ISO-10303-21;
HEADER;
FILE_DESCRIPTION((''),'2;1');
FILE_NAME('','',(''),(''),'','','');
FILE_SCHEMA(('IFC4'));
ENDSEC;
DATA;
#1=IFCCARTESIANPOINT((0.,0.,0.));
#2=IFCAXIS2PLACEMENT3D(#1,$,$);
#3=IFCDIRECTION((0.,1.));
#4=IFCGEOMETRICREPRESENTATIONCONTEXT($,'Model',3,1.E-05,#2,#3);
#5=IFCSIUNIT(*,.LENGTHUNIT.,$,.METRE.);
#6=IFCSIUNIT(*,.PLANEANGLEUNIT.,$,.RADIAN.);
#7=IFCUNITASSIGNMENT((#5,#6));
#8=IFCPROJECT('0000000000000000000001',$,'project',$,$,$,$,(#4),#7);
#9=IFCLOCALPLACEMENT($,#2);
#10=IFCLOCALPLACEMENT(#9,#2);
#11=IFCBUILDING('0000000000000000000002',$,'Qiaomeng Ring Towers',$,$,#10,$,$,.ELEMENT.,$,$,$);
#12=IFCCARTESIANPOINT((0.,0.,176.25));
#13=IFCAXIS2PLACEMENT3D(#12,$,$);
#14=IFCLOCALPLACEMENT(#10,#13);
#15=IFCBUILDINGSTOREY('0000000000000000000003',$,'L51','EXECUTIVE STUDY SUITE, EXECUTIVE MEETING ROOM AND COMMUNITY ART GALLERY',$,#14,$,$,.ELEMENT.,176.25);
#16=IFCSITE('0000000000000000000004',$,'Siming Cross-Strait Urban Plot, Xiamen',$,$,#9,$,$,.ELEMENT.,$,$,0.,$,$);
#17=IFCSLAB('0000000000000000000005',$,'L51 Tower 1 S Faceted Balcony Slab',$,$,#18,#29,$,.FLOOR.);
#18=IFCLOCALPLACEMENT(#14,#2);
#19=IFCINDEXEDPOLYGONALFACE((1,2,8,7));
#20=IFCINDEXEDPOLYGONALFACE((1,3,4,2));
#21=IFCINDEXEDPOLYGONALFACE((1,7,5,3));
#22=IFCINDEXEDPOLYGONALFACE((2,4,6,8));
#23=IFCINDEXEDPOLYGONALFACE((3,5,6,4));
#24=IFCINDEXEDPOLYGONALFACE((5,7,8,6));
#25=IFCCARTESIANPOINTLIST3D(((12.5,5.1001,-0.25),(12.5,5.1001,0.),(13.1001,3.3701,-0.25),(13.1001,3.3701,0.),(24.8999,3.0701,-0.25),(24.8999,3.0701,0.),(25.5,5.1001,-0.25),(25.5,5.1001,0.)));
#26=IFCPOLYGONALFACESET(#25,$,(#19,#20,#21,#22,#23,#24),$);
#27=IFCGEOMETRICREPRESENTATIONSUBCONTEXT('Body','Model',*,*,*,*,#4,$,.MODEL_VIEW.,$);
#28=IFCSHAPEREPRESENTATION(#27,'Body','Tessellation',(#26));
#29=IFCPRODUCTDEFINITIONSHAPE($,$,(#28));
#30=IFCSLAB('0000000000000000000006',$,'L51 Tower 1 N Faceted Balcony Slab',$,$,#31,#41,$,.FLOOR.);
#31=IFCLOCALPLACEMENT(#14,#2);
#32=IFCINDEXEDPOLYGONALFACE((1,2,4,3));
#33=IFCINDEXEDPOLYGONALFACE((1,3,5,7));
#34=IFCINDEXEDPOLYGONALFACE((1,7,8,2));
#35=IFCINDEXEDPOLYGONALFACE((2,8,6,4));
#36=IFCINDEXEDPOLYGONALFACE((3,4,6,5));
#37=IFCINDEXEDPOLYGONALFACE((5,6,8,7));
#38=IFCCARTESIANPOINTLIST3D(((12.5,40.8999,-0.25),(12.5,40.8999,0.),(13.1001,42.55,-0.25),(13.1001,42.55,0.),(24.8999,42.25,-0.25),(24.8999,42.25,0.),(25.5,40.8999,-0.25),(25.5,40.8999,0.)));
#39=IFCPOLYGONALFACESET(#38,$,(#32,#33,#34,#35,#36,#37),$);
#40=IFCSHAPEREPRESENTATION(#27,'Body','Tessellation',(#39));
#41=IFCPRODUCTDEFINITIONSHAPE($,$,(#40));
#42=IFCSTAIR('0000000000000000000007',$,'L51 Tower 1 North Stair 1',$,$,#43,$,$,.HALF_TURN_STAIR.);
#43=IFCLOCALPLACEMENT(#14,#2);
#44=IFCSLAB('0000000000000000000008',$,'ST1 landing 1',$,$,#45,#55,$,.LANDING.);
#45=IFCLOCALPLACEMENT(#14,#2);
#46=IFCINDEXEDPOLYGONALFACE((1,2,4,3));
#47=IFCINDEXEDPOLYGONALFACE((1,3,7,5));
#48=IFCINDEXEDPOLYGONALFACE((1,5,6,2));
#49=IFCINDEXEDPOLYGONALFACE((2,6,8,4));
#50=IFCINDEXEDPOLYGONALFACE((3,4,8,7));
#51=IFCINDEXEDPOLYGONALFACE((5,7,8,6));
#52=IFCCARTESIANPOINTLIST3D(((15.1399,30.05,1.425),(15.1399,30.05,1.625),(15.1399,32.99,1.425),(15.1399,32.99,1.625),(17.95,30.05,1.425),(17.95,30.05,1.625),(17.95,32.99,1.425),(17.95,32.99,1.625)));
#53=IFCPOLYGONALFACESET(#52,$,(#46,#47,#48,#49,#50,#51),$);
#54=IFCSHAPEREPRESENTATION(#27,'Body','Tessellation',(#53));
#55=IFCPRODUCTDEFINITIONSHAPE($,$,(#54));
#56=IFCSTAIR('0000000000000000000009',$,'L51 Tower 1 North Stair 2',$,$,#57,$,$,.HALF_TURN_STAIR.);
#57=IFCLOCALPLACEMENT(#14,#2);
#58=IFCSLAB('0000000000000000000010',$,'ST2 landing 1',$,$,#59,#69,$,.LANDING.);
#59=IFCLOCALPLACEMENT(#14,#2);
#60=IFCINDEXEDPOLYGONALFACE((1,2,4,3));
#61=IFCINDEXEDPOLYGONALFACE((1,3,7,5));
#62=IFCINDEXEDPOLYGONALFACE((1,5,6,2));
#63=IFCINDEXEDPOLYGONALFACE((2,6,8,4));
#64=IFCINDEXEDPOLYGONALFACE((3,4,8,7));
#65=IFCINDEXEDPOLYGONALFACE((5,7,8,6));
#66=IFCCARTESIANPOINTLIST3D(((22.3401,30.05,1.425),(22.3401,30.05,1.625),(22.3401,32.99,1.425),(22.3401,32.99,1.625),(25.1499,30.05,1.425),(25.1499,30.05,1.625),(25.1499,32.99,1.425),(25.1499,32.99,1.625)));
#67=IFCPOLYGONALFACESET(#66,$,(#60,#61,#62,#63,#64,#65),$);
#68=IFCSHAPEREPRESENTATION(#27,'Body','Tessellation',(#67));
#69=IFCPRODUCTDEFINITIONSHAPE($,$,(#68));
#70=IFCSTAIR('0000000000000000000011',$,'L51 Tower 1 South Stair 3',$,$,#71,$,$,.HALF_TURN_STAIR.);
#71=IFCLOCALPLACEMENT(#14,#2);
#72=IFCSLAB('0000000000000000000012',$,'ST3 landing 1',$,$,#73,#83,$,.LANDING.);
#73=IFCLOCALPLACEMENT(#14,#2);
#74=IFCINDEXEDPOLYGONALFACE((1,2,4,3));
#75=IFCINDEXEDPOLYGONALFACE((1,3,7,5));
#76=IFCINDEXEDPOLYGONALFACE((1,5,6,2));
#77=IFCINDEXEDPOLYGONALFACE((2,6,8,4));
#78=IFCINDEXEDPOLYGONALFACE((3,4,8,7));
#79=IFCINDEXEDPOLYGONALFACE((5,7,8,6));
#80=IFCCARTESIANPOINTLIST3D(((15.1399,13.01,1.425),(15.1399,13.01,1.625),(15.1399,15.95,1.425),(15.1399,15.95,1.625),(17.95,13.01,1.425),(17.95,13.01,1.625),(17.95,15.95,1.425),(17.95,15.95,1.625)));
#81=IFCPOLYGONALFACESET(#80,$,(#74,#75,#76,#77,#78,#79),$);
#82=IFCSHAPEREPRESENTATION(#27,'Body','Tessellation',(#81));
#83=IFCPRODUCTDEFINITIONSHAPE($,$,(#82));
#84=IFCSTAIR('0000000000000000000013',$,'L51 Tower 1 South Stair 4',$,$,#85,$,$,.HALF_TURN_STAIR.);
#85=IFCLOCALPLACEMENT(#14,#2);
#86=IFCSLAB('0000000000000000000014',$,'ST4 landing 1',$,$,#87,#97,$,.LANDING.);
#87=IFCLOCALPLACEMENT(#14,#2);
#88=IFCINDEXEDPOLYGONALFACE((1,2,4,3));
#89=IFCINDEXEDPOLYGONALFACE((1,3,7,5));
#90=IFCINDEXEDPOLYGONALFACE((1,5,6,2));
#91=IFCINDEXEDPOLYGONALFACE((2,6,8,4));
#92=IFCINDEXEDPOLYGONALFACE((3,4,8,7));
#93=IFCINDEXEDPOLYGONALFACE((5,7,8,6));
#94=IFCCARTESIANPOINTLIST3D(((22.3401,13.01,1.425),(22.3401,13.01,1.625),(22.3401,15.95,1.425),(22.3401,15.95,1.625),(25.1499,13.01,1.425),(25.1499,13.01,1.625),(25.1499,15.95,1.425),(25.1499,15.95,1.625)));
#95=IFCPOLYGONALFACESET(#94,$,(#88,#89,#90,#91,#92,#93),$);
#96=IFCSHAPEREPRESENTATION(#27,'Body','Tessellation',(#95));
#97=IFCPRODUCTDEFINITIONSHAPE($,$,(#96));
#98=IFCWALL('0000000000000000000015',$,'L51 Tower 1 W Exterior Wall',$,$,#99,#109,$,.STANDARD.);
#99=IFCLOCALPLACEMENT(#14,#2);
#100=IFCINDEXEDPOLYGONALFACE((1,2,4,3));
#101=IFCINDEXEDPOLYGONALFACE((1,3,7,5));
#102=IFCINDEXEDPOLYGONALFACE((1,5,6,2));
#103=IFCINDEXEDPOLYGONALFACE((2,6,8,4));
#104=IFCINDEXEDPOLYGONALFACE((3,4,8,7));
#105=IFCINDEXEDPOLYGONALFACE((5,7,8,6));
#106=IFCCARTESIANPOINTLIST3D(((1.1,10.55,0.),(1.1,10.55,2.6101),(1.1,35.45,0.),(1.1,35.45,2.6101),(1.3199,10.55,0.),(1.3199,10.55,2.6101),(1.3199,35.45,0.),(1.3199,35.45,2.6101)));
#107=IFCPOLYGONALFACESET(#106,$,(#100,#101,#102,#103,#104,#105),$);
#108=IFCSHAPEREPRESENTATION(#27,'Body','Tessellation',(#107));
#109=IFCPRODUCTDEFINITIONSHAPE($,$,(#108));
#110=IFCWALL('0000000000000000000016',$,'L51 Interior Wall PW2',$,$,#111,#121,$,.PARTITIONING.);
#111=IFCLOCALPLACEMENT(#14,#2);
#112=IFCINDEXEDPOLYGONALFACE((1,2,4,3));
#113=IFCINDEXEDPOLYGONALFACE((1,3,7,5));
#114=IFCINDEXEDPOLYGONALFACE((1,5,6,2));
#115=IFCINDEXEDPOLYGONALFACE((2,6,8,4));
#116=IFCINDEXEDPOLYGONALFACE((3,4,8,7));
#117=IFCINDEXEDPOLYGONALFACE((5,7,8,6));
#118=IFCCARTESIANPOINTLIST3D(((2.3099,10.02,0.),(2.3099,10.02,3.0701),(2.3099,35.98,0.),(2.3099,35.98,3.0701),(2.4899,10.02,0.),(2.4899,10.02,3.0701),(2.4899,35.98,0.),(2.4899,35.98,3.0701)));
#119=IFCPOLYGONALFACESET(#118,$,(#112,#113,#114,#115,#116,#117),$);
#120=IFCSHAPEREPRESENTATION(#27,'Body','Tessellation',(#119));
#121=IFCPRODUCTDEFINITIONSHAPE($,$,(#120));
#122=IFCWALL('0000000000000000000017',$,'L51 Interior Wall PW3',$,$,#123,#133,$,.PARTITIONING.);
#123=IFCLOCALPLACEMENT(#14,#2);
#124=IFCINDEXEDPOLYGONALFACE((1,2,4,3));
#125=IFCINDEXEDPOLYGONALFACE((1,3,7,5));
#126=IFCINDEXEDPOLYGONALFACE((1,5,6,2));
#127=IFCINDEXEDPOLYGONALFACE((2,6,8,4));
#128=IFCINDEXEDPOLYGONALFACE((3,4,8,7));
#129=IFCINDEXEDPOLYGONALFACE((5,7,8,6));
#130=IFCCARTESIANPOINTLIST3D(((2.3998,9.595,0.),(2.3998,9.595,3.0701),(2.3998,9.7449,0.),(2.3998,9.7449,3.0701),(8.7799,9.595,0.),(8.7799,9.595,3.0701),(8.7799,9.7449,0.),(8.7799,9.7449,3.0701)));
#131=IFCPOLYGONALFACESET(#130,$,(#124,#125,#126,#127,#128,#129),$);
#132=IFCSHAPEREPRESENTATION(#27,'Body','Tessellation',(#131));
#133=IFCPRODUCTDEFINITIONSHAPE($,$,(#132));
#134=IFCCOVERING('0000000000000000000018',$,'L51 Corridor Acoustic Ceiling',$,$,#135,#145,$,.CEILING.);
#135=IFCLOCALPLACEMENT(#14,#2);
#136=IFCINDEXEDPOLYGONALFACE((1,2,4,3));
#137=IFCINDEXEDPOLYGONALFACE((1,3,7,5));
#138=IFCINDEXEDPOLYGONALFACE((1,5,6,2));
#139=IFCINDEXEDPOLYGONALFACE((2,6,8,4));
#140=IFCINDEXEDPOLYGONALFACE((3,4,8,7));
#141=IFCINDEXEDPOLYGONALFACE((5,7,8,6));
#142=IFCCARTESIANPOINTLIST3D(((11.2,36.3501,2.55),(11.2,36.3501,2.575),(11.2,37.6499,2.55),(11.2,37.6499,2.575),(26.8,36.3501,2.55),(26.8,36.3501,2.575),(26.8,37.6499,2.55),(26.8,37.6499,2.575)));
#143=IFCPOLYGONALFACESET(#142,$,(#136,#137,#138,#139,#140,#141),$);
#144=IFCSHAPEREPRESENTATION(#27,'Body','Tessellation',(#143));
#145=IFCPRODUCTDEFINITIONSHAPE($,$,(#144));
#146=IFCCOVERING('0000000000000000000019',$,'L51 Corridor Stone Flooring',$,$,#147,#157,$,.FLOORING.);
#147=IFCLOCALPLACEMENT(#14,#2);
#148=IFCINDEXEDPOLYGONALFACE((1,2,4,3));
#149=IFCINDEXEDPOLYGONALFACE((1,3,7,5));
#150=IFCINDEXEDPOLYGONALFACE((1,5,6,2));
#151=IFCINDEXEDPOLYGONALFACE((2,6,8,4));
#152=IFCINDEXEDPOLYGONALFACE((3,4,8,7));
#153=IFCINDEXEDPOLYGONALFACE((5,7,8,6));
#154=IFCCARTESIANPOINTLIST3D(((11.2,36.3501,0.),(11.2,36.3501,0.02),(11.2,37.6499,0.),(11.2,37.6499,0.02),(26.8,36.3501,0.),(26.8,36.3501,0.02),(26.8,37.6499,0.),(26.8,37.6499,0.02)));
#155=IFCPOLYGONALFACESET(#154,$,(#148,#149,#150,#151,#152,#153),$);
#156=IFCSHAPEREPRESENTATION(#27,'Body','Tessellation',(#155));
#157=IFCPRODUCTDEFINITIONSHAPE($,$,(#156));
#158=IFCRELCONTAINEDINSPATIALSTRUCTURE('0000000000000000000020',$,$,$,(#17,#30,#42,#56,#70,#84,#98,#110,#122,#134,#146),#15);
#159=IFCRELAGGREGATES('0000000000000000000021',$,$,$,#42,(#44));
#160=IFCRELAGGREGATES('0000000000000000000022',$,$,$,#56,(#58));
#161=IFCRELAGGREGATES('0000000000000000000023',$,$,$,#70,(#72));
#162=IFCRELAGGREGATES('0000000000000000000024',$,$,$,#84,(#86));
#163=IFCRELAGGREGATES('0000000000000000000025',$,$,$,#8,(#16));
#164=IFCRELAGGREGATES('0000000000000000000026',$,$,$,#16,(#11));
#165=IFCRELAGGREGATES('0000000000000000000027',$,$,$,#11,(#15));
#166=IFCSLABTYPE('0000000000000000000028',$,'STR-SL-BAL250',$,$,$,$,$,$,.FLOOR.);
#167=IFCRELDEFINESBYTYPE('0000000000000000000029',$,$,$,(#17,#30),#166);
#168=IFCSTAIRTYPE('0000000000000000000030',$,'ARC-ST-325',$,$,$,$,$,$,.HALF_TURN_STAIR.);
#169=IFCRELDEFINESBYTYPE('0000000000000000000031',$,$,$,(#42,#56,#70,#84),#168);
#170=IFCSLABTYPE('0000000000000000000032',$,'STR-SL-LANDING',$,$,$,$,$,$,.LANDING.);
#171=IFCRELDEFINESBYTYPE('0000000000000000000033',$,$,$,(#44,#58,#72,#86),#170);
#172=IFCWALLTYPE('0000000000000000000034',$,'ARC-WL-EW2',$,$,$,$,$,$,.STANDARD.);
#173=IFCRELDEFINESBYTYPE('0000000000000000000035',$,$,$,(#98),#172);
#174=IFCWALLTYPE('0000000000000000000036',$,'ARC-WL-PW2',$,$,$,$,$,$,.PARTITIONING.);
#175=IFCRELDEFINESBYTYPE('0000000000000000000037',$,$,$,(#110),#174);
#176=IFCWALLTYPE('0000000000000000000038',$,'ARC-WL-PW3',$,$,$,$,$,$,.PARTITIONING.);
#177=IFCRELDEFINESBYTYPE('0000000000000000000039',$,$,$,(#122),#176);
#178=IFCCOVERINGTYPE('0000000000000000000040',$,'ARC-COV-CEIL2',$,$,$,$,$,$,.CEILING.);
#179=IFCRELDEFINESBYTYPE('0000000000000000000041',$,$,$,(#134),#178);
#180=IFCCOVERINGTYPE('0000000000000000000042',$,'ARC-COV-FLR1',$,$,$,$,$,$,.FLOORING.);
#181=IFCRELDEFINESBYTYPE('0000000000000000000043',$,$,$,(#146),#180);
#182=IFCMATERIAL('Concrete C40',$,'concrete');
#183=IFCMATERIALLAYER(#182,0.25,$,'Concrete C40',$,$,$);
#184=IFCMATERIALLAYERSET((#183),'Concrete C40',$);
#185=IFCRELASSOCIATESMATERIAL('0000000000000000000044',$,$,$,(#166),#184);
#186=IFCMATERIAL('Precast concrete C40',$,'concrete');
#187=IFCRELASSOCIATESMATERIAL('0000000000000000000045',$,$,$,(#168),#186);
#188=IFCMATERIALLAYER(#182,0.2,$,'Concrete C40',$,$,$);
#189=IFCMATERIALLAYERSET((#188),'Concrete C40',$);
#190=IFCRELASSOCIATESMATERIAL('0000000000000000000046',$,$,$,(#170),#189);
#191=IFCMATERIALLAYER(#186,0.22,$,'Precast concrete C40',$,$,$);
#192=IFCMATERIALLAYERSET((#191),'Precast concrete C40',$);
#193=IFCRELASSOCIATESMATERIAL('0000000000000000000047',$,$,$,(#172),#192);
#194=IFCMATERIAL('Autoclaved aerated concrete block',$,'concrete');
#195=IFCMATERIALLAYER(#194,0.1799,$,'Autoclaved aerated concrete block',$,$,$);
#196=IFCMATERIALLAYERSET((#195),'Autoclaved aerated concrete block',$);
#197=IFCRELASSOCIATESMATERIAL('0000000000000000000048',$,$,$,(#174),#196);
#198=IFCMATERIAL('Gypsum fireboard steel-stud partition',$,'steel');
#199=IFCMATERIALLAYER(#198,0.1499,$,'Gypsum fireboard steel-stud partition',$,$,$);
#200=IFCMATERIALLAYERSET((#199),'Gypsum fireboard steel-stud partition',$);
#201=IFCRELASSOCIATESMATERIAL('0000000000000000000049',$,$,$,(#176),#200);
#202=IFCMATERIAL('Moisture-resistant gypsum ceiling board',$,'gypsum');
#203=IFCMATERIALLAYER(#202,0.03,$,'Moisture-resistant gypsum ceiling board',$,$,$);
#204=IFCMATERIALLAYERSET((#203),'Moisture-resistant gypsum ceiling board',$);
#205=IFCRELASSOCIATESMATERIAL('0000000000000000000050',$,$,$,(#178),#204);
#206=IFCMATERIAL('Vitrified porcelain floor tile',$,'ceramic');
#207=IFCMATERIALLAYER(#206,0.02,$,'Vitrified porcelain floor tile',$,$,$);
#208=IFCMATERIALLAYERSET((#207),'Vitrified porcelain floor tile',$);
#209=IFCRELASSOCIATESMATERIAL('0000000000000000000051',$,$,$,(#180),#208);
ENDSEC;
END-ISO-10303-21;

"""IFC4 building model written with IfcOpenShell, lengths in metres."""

from ifc_helpers import new_model, si_unit, direction, frame, frame_2d, origin, place, context, subcontext, project, spatial, polyline, rectangle, outline, extrude, material, layer, layer_set, type_object, element, aggregate, save


model = new_model("IFC4")

# Units and contexts
model_context = context("Model", 3, precision=1e-05, world=origin(), true_north=direction((0.0, 1.0)))
body_context = subcontext(model_context, "Body", "Model", "MODEL_VIEW")
ifc_project = project(units=[si_unit("LENGTHUNIT", "METRE"), si_unit("PLANEANGLEUNIT", "RADIAN")], contexts=[model_context])

# Site, building, storey
site_placement = place(None, origin())
site = spatial("IfcSite", under=ifc_project, at=site_placement, Name="Siming Cross-Strait Urban Plot, Xiamen", CompositionType="ELEMENT", RefElevation=0.0)
building_placement = place(site_placement, origin())
building = spatial("IfcBuilding", under=site, at=building_placement, Name="Qiaomeng Ring Towers", CompositionType="ELEMENT")
storey_placement = place(building_placement, frame((0.0, 0.0, 176.25)))
storey = spatial("IfcBuildingStorey", under=building, at=storey_placement, Name="L51", Description="EXECUTIVE STUDY SUITE, EXECUTIVE MEETING ROOM AND COMMUNITY ART GALLERY", CompositionType="ELEMENT", Elevation=176.25)

# Slabs
ifc_material_1 = material(Name="Concrete C40", Category="concrete")
ifc_layer_1 = layer(ifc_material_1, 0.25, Name="Concrete C40")
ifc_layer_set_1 = layer_set([ifc_layer_1], Name="Concrete C40")
slab_type_1 = type_object("IfcSlabType", Name="STR-SL-BAL250", PredefinedType="FLOOR", material=ifc_layer_set_1)
slab_1_placement = place(storey_placement, frame((0.0, 0.0, -0.25)))
element("IfcSlab", 1, at=slab_1_placement, inside=storey, type_object=slab_type_1, Name="L51 Tower 1 S Faceted Balcony Slab", PredefinedType="FLOOR", context=body_context, shape_type="SweptSolid", body=[
    extrude(outline(polyline([(24.8999, 3.0701), (13.1001, 3.3701), (12.5, 5.1001), (25.5, 5.1001), (24.8999, 3.0701)])), origin(), (0.0, 0.0, 1.0), 0.25),
])
slab_2_placement = place(storey_placement, frame((0.0, 0.0, -0.25)))
element("IfcSlab", 2, at=slab_2_placement, inside=storey, type_object=slab_type_1, Name="L51 Tower 1 N Faceted Balcony Slab", PredefinedType="FLOOR", context=body_context, shape_type="SweptSolid", body=[
    extrude(outline(polyline([(12.5, 40.8999), (13.1001, 42.55), (24.8999, 42.25), (25.5, 40.8999), (12.5, 40.8999)])), origin(), (0.0, 0.0, 1.0), 0.25),
])

# Stairs, slabs
ifc_material_2 = material(Name="Precast concrete C40", Category="concrete")
stair_type = type_object("IfcStairType", Name="ARC-ST-325", PredefinedType="HALF_TURN_STAIR", material=ifc_material_2)
stair_1_placement = place(storey_placement, origin())
stair_1 = element("IfcStair", 3, at=stair_1_placement, inside=storey, type_object=stair_type, Name="L51 Tower 1 North Stair 1", PredefinedType="HALF_TURN_STAIR")
ifc_layer_2 = layer(ifc_material_1, 0.2, Name="Concrete C40")
ifc_layer_set_2 = layer_set([ifc_layer_2], Name="Concrete C40")
slab_type_2 = type_object("IfcSlabType", Name="STR-SL-LANDING", PredefinedType="LANDING", material=ifc_layer_set_2)
slab_3_placement = place(storey_placement, frame((0.0, 0.0, 1.425)))
slab_3 = element("IfcSlab", 4, at=slab_3_placement, type_object=slab_type_2, Name="ST1 landing 1", PredefinedType="LANDING", context=body_context, shape_type="SweptSolid", body=[
    extrude(outline(polyline([(15.1399, 30.05), (17.95, 30.05), (17.95, 32.99), (15.1399, 32.99), (15.1399, 30.05)])), origin(), (0.0, 0.0, 1.0), 0.2),
])
aggregate(stair_1, [slab_3])
stair_2_placement = place(storey_placement, origin())
stair_2 = element("IfcStair", 5, at=stair_2_placement, inside=storey, type_object=stair_type, Name="L51 Tower 1 North Stair 2", PredefinedType="HALF_TURN_STAIR")
slab_4_placement = place(storey_placement, frame((0.0, 0.0, 1.425)))
slab_4 = element("IfcSlab", 6, at=slab_4_placement, type_object=slab_type_2, Name="ST2 landing 1", PredefinedType="LANDING", context=body_context, shape_type="SweptSolid", body=[
    extrude(outline(polyline([(22.3401, 30.05), (25.1499, 30.05), (25.1499, 32.99), (22.3401, 32.99), (22.3401, 30.05)])), origin(), (0.0, 0.0, 1.0), 0.2),
])
aggregate(stair_2, [slab_4])
stair_3_placement = place(storey_placement, origin())
stair_3 = element("IfcStair", 7, at=stair_3_placement, inside=storey, type_object=stair_type, Name="L51 Tower 1 South Stair 3", PredefinedType="HALF_TURN_STAIR")
slab_5_placement = place(storey_placement, frame((0.0, 0.0, 1.425)))
slab_5 = element("IfcSlab", 8, at=slab_5_placement, type_object=slab_type_2, Name="ST3 landing 1", PredefinedType="LANDING", context=body_context, shape_type="SweptSolid", body=[
    extrude(outline(polyline([(15.1399, 13.01), (17.95, 13.01), (17.95, 15.95), (15.1399, 15.95), (15.1399, 13.01)])), origin(), (0.0, 0.0, 1.0), 0.2),
])
aggregate(stair_3, [slab_5])
stair_4_placement = place(storey_placement, origin())
stair_4 = element("IfcStair", 9, at=stair_4_placement, inside=storey, type_object=stair_type, Name="L51 Tower 1 South Stair 4", PredefinedType="HALF_TURN_STAIR")
slab_6_placement = place(storey_placement, frame((0.0, 0.0, 1.425)))
slab_6 = element("IfcSlab", 10, at=slab_6_placement, type_object=slab_type_2, Name="ST4 landing 1", PredefinedType="LANDING", context=body_context, shape_type="SweptSolid", body=[
    extrude(outline(polyline([(22.3401, 13.01), (25.1499, 13.01), (25.1499, 15.95), (22.3401, 15.95), (22.3401, 13.01)])), origin(), (0.0, 0.0, 1.0), 0.2),
])
aggregate(stair_4, [slab_6])

# Walls
ifc_layer_3 = layer(ifc_material_2, 0.22, Name="Precast concrete C40")
ifc_layer_set_3 = layer_set([ifc_layer_3], Name="Precast concrete C40")
wall_type_1 = type_object("IfcWallType", Name="ARC-WL-EW2", PredefinedType="STANDARD", material=ifc_layer_set_3)
wall_1_placement = place(storey_placement, frame((1.21, 10.55, 0.0), z_axis=(0.0, 0.0, 1.0), x_axis=(0.0, 1.0, 0.0)))
element("IfcWall", 11, at=wall_1_placement, inside=storey, type_object=wall_type_1, Name="L51 Tower 1 W Exterior Wall", PredefinedType="STANDARD", context=body_context, shape_type="SweptSolid", body=[
    extrude(rectangle(XDim=24.8999, YDim=0.22, at=frame_2d((12.45, 0.0))), origin(), (0.0, 0.0, 1.0), 2.6101),
])
ifc_material_3 = material(Name="Autoclaved aerated concrete block", Category="concrete")
ifc_layer_4 = layer(ifc_material_3, 0.1799, Name="Autoclaved aerated concrete block")
ifc_layer_set_4 = layer_set([ifc_layer_4], Name="Autoclaved aerated concrete block")
wall_type_2 = type_object("IfcWallType", Name="ARC-WL-PW2", PredefinedType="PARTITIONING", material=ifc_layer_set_4)
wall_2_placement = place(storey_placement, frame((2.3999, 10.02, 0.0), z_axis=(0.0, 0.0, 1.0), x_axis=(0.0, 1.0, 0.0)))
element("IfcWall", 12, at=wall_2_placement, inside=storey, type_object=wall_type_2, Name="L51 Interior Wall PW2", PredefinedType="PARTITIONING", context=body_context, shape_type="SweptSolid", body=[
    extrude(rectangle(XDim=25.96, YDim=0.1799, at=frame_2d((12.98, 0.0))), origin(), (0.0, 0.0, 1.0), 3.0701),
])
ifc_material_4 = material(Name="Gypsum fireboard steel-stud partition", Category="steel")
ifc_layer_5 = layer(ifc_material_4, 0.1499, Name="Gypsum fireboard steel-stud partition")
ifc_layer_set_5 = layer_set([ifc_layer_5], Name="Gypsum fireboard steel-stud partition")
wall_type_3 = type_object("IfcWallType", Name="ARC-WL-PW3", PredefinedType="PARTITIONING", material=ifc_layer_set_5)
wall_3_placement = place(storey_placement, frame((2.3999, 9.6699, 0.0), z_axis=(0.0, 0.0, 1.0), x_axis=(1.0, 0.0, 0.0)))
element("IfcWall", 13, at=wall_3_placement, inside=storey, type_object=wall_type_3, Name="L51 Interior Wall PW3", PredefinedType="PARTITIONING", context=body_context, shape_type="SweptSolid", body=[
    extrude(rectangle(XDim=6.3801, YDim=0.1499, at=frame_2d((3.1899, 0.0))), origin(), (0.0, 0.0, 1.0), 3.0701),
])

# Coverings
ifc_material_5 = material(Name="Moisture-resistant gypsum ceiling board", Category="gypsum")
ifc_layer_6 = layer(ifc_material_5, 0.03, Name="Moisture-resistant gypsum ceiling board")
ifc_layer_set_6 = layer_set([ifc_layer_6], Name="Moisture-resistant gypsum ceiling board")
covering_type_1 = type_object("IfcCoveringType", Name="ARC-COV-CEIL2", PredefinedType="CEILING", material=ifc_layer_set_6)
covering_1_placement = place(storey_placement, frame((0.0, 0.0, 2.55)))
element("IfcCovering", 14, at=covering_1_placement, inside=storey, type_object=covering_type_1, Name="L51 Corridor Acoustic Ceiling", PredefinedType="CEILING", context=body_context, shape_type="SweptSolid", body=[
    extrude(outline(polyline([(11.2, 36.3501), (11.2, 37.6499), (26.8, 37.6499), (26.8, 36.3501), (11.2, 36.3501)])), origin(), (0.0, 0.0, 1.0), 0.0249),
])
ifc_material_6 = material(Name="Vitrified porcelain floor tile", Category="ceramic")
ifc_layer_7 = layer(ifc_material_6, 0.02, Name="Vitrified porcelain floor tile")
ifc_layer_set_7 = layer_set([ifc_layer_7], Name="Vitrified porcelain floor tile")
covering_type_2 = type_object("IfcCoveringType", Name="ARC-COV-FLR1", PredefinedType="FLOORING", material=ifc_layer_set_7)
covering_2_placement = place(storey_placement, origin())
element("IfcCovering", 15, at=covering_2_placement, inside=storey, type_object=covering_type_2, Name="L51 Corridor Stone Flooring", PredefinedType="FLOORING", context=body_context, shape_type="SweptSolid", body=[
    extrude(outline(polyline([(11.2, 36.3501), (11.2, 37.6499), (26.8, 37.6499), (26.8, 36.3501), (11.2, 36.3501)])), origin(), (0.0, 0.0, 1.0), 0.02),
])

save(model, "model.ifc")
